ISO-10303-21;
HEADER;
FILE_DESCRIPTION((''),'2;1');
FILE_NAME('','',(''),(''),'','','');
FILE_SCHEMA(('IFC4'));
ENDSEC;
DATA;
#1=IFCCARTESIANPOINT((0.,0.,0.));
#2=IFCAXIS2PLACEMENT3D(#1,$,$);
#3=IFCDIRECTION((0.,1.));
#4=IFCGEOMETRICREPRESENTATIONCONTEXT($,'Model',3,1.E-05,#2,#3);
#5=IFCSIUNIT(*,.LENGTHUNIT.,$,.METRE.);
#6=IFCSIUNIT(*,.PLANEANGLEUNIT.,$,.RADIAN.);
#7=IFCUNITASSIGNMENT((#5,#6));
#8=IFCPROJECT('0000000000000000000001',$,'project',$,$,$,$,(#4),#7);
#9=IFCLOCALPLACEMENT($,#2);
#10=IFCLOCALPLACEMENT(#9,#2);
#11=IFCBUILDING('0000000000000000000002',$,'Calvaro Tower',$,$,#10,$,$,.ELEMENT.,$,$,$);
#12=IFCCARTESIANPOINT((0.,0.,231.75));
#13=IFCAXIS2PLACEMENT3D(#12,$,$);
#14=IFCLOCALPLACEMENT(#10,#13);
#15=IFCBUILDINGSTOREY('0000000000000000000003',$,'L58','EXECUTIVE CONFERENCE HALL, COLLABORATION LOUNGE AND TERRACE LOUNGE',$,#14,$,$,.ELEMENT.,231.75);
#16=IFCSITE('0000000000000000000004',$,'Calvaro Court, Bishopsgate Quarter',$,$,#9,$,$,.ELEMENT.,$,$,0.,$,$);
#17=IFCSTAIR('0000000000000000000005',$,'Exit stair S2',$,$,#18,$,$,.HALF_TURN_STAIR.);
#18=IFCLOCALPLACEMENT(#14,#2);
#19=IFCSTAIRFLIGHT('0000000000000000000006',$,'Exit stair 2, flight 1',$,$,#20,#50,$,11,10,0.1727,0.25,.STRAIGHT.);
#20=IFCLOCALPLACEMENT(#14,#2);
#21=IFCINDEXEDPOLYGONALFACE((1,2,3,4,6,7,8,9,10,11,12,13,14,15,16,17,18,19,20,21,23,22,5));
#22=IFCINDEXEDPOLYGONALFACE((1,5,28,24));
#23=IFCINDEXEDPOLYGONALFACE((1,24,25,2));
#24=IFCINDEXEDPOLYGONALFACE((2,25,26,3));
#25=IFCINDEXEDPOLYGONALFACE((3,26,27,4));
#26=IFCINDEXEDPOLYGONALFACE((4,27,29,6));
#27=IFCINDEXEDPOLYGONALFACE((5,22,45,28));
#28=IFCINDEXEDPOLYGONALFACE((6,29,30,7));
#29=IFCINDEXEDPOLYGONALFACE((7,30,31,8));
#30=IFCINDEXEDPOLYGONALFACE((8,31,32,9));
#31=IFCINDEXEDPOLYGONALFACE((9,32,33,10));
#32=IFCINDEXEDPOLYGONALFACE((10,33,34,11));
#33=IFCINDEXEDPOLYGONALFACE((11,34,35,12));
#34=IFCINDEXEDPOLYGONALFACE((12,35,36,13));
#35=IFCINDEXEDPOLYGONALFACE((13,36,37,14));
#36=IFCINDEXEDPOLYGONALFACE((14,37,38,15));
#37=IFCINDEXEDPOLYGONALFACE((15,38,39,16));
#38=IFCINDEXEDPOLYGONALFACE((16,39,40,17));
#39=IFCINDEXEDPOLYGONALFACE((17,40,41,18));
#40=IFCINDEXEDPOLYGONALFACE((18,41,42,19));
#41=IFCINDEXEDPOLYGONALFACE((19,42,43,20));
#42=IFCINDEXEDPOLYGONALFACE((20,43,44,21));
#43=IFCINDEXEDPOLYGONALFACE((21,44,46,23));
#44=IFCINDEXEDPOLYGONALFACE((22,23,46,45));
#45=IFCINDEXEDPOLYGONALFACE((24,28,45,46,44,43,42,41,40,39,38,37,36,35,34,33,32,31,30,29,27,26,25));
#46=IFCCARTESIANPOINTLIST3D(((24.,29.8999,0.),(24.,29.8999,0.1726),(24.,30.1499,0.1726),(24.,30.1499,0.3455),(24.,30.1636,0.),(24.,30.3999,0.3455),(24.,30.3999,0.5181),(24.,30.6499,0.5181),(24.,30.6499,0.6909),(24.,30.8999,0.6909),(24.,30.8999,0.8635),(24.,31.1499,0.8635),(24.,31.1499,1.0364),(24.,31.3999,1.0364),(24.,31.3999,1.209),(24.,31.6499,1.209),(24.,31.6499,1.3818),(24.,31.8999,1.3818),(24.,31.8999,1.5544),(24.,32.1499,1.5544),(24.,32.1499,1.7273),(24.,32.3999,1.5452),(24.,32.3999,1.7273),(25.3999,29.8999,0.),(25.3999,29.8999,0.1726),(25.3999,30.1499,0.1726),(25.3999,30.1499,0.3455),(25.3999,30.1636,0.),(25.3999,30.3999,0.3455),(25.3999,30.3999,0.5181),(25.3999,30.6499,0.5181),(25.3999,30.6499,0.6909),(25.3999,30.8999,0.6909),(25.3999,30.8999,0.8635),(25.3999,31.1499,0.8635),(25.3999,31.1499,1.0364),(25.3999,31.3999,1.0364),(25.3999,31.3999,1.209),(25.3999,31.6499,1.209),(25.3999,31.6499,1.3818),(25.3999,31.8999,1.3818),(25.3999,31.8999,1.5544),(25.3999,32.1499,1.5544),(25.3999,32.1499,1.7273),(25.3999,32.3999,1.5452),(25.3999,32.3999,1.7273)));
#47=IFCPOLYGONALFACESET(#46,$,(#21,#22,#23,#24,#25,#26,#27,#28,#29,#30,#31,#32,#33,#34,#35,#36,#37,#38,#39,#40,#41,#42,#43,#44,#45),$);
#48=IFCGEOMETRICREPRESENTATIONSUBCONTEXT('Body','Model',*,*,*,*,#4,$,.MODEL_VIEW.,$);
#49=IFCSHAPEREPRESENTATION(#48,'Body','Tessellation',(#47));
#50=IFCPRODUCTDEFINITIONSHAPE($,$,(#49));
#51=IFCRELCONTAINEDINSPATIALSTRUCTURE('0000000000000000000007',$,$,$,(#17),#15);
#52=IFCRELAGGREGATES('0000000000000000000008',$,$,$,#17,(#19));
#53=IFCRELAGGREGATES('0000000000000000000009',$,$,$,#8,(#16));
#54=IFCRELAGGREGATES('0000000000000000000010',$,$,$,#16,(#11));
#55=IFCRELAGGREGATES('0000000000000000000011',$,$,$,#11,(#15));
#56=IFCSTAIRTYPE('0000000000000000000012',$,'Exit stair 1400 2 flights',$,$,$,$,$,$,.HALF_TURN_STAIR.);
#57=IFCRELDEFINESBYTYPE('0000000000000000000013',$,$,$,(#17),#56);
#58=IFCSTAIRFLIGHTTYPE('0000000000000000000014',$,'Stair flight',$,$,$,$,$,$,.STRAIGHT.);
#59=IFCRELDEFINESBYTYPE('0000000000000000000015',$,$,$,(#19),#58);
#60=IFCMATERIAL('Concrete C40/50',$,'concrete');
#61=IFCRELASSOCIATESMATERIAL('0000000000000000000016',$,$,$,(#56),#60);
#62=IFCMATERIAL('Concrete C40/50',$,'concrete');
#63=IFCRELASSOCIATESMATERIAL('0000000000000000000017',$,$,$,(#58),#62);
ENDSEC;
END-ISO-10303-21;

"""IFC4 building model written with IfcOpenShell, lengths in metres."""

from ifc_helpers import new_model, si_unit, direction, frame, origin, place, context, subcontext, project, spatial, polyline, outline, extrude, material, type_object, element, aggregate, save


model = new_model("IFC4")

# Units and contexts
model_context = context("Model", 3, precision=1e-05, world=origin(), true_north=direction((0.0, 1.0)))
body_context = subcontext(model_context, "Body", "Model", "MODEL_VIEW")
ifc_project = project(units=[si_unit("LENGTHUNIT", "METRE"), si_unit("PLANEANGLEUNIT", "RADIAN")], contexts=[model_context])

# Site, building, storey
site_placement = place(None, origin())
site = spatial("IfcSite", under=ifc_project, at=site_placement, Name="Calvaro Court, Bishopsgate Quarter", CompositionType="ELEMENT", RefElevation=0.0)
building_placement = place(site_placement, origin())
building = spatial("IfcBuilding", under=site, at=building_placement, Name="Calvaro Tower", CompositionType="ELEMENT")
storey_placement = place(building_placement, frame((0.0, 0.0, 231.75)))
storey = spatial("IfcBuildingStorey", under=building, at=storey_placement, Name="L58", Description="EXECUTIVE CONFERENCE HALL, COLLABORATION LOUNGE AND TERRACE LOUNGE", CompositionType="ELEMENT", Elevation=231.75)

# Stair, stair flight
ifc_material_1 = material(Name="Concrete C40/50", Category="concrete")
stair_type = type_object("IfcStairType", Name="Exit stair 1400 2 flights", PredefinedType="HALF_TURN_STAIR", material=ifc_material_1)
ifc_material_2 = material(Name="Concrete C40/50", Category="concrete")
stair_flight_type = type_object("IfcStairFlightType", Name="Stair flight", PredefinedType="STRAIGHT", material=ifc_material_2)
stair_1_placement = place(storey_placement, origin())
stair_1 = element("IfcStair", 1, at=stair_1_placement, inside=storey, type_object=stair_type, Name="Exit stair S2", PredefinedType="HALF_TURN_STAIR")
stair_flight_1_placement = place(storey_placement, frame((24.7, 29.8999, 0.0), z_axis=(0.0, 0.0, 1.0), x_axis=(0.0, 1.0, 0.0)))
stair_flight_1 = element("IfcStairFlight", 2, at=stair_flight_1_placement, type_object=stair_flight_type, Name="Exit stair 2, flight 1", NumberOfRisers=11, NumberOfTreads=10, PredefinedType="STRAIGHT", RiserHeight=0.1727, TreadLength=0.25, context=body_context, shape_type="SweptSolid", body=[
    extrude(outline(polyline([(0.0, 0.0), (0.0, 0.1726), (0.25, 0.1726), (0.25, 0.3455), (0.5, 0.3455), (0.5, 0.5181), (0.75, 0.5181), (0.75, 0.6909), (1.0, 0.6909), (1.0, 0.8635), (1.25, 0.8635), (1.25, 1.0364), (1.5, 1.0364), (1.5, 1.209), (1.75, 1.209), (1.75, 1.3818), (2.0, 1.3818), (2.0, 1.5544), (2.25, 1.5544), (2.25, 1.7273), (2.5, 1.7273), (2.5, 1.8999), (2.5, 1.5452), (0.2637, 0.0), (0.0, 0.0)])), frame((0.0, 0.7, 0.0), z_axis=(0.0, -1.0, 0.0), x_axis=(1.0, 0.0, 0.0)), (0.0, 0.0, 1.0), 1.3999),
])

aggregate(stair_1, [stair_flight_1])

save(model, "model.ifc")
